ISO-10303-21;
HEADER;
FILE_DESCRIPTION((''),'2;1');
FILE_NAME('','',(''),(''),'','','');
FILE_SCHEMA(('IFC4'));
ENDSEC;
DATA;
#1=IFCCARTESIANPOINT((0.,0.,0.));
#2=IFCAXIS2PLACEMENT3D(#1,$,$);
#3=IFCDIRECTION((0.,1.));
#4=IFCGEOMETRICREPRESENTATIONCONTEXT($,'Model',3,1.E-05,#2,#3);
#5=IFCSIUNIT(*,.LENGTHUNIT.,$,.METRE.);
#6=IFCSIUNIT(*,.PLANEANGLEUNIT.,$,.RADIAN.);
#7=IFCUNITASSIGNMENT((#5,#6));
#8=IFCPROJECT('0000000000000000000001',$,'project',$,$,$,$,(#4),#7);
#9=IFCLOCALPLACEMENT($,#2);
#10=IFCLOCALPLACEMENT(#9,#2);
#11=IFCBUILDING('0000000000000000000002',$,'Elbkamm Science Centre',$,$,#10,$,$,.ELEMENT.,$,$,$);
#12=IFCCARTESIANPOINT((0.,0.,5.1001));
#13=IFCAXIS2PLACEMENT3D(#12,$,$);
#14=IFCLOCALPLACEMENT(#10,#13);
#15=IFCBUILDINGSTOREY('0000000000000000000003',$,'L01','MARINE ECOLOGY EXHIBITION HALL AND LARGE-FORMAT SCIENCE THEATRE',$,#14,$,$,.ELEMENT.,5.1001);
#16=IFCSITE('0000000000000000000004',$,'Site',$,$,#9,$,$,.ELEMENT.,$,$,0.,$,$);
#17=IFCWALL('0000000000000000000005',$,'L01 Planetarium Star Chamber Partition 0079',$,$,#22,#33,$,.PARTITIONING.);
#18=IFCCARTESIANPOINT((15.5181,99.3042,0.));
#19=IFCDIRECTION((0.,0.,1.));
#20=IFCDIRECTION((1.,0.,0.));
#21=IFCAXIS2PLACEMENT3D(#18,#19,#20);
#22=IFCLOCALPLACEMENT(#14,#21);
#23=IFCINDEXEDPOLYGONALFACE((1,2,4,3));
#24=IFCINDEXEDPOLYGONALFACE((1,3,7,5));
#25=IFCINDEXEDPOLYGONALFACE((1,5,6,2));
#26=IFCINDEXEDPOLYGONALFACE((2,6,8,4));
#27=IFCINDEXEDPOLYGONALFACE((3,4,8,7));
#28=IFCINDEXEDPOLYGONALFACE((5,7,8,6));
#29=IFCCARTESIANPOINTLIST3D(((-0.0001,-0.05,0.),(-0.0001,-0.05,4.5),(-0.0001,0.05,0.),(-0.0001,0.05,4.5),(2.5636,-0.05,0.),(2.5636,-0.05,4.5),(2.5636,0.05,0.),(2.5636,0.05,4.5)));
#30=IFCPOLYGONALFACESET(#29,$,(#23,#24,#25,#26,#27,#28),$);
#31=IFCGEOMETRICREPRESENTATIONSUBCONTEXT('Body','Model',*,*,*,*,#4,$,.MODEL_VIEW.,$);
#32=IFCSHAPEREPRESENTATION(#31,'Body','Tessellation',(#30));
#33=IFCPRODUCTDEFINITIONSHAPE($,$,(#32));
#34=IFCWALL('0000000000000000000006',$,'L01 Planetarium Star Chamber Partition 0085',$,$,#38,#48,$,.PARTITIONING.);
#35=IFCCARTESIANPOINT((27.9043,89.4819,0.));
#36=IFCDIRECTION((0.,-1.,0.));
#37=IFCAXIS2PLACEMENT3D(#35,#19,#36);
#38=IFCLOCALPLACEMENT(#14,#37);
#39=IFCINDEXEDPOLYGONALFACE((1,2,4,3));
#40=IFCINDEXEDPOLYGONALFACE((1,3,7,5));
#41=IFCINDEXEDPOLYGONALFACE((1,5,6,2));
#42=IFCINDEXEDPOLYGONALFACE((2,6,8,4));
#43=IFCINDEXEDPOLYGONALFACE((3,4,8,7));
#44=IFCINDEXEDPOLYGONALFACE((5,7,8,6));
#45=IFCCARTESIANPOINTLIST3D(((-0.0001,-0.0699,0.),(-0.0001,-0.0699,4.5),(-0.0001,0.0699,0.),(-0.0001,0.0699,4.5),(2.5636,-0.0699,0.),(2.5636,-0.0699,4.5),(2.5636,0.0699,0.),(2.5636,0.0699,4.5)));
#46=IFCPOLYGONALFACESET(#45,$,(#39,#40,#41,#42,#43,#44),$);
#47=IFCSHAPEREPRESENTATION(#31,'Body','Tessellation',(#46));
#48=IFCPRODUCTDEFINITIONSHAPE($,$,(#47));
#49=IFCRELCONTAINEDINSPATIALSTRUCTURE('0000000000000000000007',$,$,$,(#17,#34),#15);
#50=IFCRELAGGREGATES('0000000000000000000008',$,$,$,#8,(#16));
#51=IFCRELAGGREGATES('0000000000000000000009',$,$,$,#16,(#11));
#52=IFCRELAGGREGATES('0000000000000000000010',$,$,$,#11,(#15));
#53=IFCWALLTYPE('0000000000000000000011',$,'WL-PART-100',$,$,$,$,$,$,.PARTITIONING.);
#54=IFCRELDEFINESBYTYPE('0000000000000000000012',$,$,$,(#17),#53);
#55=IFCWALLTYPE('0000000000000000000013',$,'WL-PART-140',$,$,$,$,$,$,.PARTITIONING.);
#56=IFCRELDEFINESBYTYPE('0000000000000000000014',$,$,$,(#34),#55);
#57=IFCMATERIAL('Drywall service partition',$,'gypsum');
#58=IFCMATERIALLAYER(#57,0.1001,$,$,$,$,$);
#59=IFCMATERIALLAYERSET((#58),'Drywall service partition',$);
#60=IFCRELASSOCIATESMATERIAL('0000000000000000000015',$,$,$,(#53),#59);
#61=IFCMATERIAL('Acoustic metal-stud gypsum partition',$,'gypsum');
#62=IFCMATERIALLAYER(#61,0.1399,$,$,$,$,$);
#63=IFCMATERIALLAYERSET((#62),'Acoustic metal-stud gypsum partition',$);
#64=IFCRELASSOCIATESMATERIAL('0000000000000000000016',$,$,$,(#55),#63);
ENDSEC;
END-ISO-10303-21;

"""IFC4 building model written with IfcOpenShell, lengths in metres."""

from ifc_helpers import new_model, si_unit, direction, frame, frame_2d, origin, place, context, subcontext, project, spatial, rectangle, extrude, material, layer, layer_set, type_object, element, save


model = new_model("IFC4")

# Units and contexts
model_context = context("Model", 3, precision=1e-05, world=origin(), true_north=direction((0.0, 1.0)))
body_context = subcontext(model_context, "Body", "Model", "MODEL_VIEW")
ifc_project = project(units=[si_unit("LENGTHUNIT", "METRE"), si_unit("PLANEANGLEUNIT", "RADIAN")], contexts=[model_context])

# Site, building, storey
site_placement = place(None, origin())
site = spatial("IfcSite", under=ifc_project, at=site_placement, Name="Site", CompositionType="ELEMENT", RefElevation=0.0)
building_placement = place(site_placement, origin())
building = spatial("IfcBuilding", under=site, at=building_placement, Name="Elbkamm Science Centre", CompositionType="ELEMENT")
storey_placement = place(building_placement, frame((0.0, 0.0, 5.1001)))
storey = spatial("IfcBuildingStorey", under=building, at=storey_placement, Name="L01", Description="MARINE ECOLOGY EXHIBITION HALL AND LARGE-FORMAT SCIENCE THEATRE", CompositionType="ELEMENT", Elevation=5.1001)

# Walls
ifc_material_1 = material(Name="Drywall service partition", Category="gypsum")
ifc_layer_1 = layer(ifc_material_1, 0.1001)
ifc_layer_set_1 = layer_set([ifc_layer_1], Name="Drywall service partition")
wall_type_1 = type_object("IfcWallType", Name="WL-PART-100", PredefinedType="PARTITIONING", material=ifc_layer_set_1)
for number, where, z_axis, x_axis, name in (
    (1, (15.5181, 99.3042, 0.0), (0.0, 0.0, 1.0), (1.0, 0.0, 0.0), "L01 Planetarium Star Chamber Partition 0079"),
):
    element("IfcWall", number, at=place(storey_placement, frame(where, z_axis=z_axis, x_axis=x_axis)), inside=storey, type_object=wall_type_1, Name=name, PredefinedType="PARTITIONING", context=body_context, shape_type="SweptSolid", body=[
        extrude(rectangle(XDim=2.5637, YDim=0.1001, at=frame_2d((1.2817, 0.0))), origin(), (0.0, 0.0, 1.0), 4.5),
    ])
ifc_material_2 = material(Name="Acoustic metal-stud gypsum partition", Category="gypsum")
ifc_layer_2 = layer(ifc_material_2, 0.1399)
ifc_layer_set_2 = layer_set([ifc_layer_2], Name="Acoustic metal-stud gypsum partition")
wall_type_2 = type_object("IfcWallType", Name="WL-PART-140", PredefinedType="PARTITIONING", material=ifc_layer_set_2)
for number, where, z_axis, x_axis, name in (
    (2, (27.9043, 89.4819, 0.0), (0.0, 0.0, 1.0), (0.0, -1.0, 0.0), "L01 Planetarium Star Chamber Partition 0085"),
):
    element("IfcWall", number, at=place(storey_placement, frame(where, z_axis=z_axis, x_axis=x_axis)), inside=storey, type_object=wall_type_2, Name=name, PredefinedType="PARTITIONING", context=body_context, shape_type="SweptSolid", body=[
        extrude(rectangle(XDim=2.5637, YDim=0.1399, at=frame_2d((1.2817, 0.0))), origin(), (0.0, 0.0, 1.0), 4.5),
    ])

save(model, "model.ifc")
